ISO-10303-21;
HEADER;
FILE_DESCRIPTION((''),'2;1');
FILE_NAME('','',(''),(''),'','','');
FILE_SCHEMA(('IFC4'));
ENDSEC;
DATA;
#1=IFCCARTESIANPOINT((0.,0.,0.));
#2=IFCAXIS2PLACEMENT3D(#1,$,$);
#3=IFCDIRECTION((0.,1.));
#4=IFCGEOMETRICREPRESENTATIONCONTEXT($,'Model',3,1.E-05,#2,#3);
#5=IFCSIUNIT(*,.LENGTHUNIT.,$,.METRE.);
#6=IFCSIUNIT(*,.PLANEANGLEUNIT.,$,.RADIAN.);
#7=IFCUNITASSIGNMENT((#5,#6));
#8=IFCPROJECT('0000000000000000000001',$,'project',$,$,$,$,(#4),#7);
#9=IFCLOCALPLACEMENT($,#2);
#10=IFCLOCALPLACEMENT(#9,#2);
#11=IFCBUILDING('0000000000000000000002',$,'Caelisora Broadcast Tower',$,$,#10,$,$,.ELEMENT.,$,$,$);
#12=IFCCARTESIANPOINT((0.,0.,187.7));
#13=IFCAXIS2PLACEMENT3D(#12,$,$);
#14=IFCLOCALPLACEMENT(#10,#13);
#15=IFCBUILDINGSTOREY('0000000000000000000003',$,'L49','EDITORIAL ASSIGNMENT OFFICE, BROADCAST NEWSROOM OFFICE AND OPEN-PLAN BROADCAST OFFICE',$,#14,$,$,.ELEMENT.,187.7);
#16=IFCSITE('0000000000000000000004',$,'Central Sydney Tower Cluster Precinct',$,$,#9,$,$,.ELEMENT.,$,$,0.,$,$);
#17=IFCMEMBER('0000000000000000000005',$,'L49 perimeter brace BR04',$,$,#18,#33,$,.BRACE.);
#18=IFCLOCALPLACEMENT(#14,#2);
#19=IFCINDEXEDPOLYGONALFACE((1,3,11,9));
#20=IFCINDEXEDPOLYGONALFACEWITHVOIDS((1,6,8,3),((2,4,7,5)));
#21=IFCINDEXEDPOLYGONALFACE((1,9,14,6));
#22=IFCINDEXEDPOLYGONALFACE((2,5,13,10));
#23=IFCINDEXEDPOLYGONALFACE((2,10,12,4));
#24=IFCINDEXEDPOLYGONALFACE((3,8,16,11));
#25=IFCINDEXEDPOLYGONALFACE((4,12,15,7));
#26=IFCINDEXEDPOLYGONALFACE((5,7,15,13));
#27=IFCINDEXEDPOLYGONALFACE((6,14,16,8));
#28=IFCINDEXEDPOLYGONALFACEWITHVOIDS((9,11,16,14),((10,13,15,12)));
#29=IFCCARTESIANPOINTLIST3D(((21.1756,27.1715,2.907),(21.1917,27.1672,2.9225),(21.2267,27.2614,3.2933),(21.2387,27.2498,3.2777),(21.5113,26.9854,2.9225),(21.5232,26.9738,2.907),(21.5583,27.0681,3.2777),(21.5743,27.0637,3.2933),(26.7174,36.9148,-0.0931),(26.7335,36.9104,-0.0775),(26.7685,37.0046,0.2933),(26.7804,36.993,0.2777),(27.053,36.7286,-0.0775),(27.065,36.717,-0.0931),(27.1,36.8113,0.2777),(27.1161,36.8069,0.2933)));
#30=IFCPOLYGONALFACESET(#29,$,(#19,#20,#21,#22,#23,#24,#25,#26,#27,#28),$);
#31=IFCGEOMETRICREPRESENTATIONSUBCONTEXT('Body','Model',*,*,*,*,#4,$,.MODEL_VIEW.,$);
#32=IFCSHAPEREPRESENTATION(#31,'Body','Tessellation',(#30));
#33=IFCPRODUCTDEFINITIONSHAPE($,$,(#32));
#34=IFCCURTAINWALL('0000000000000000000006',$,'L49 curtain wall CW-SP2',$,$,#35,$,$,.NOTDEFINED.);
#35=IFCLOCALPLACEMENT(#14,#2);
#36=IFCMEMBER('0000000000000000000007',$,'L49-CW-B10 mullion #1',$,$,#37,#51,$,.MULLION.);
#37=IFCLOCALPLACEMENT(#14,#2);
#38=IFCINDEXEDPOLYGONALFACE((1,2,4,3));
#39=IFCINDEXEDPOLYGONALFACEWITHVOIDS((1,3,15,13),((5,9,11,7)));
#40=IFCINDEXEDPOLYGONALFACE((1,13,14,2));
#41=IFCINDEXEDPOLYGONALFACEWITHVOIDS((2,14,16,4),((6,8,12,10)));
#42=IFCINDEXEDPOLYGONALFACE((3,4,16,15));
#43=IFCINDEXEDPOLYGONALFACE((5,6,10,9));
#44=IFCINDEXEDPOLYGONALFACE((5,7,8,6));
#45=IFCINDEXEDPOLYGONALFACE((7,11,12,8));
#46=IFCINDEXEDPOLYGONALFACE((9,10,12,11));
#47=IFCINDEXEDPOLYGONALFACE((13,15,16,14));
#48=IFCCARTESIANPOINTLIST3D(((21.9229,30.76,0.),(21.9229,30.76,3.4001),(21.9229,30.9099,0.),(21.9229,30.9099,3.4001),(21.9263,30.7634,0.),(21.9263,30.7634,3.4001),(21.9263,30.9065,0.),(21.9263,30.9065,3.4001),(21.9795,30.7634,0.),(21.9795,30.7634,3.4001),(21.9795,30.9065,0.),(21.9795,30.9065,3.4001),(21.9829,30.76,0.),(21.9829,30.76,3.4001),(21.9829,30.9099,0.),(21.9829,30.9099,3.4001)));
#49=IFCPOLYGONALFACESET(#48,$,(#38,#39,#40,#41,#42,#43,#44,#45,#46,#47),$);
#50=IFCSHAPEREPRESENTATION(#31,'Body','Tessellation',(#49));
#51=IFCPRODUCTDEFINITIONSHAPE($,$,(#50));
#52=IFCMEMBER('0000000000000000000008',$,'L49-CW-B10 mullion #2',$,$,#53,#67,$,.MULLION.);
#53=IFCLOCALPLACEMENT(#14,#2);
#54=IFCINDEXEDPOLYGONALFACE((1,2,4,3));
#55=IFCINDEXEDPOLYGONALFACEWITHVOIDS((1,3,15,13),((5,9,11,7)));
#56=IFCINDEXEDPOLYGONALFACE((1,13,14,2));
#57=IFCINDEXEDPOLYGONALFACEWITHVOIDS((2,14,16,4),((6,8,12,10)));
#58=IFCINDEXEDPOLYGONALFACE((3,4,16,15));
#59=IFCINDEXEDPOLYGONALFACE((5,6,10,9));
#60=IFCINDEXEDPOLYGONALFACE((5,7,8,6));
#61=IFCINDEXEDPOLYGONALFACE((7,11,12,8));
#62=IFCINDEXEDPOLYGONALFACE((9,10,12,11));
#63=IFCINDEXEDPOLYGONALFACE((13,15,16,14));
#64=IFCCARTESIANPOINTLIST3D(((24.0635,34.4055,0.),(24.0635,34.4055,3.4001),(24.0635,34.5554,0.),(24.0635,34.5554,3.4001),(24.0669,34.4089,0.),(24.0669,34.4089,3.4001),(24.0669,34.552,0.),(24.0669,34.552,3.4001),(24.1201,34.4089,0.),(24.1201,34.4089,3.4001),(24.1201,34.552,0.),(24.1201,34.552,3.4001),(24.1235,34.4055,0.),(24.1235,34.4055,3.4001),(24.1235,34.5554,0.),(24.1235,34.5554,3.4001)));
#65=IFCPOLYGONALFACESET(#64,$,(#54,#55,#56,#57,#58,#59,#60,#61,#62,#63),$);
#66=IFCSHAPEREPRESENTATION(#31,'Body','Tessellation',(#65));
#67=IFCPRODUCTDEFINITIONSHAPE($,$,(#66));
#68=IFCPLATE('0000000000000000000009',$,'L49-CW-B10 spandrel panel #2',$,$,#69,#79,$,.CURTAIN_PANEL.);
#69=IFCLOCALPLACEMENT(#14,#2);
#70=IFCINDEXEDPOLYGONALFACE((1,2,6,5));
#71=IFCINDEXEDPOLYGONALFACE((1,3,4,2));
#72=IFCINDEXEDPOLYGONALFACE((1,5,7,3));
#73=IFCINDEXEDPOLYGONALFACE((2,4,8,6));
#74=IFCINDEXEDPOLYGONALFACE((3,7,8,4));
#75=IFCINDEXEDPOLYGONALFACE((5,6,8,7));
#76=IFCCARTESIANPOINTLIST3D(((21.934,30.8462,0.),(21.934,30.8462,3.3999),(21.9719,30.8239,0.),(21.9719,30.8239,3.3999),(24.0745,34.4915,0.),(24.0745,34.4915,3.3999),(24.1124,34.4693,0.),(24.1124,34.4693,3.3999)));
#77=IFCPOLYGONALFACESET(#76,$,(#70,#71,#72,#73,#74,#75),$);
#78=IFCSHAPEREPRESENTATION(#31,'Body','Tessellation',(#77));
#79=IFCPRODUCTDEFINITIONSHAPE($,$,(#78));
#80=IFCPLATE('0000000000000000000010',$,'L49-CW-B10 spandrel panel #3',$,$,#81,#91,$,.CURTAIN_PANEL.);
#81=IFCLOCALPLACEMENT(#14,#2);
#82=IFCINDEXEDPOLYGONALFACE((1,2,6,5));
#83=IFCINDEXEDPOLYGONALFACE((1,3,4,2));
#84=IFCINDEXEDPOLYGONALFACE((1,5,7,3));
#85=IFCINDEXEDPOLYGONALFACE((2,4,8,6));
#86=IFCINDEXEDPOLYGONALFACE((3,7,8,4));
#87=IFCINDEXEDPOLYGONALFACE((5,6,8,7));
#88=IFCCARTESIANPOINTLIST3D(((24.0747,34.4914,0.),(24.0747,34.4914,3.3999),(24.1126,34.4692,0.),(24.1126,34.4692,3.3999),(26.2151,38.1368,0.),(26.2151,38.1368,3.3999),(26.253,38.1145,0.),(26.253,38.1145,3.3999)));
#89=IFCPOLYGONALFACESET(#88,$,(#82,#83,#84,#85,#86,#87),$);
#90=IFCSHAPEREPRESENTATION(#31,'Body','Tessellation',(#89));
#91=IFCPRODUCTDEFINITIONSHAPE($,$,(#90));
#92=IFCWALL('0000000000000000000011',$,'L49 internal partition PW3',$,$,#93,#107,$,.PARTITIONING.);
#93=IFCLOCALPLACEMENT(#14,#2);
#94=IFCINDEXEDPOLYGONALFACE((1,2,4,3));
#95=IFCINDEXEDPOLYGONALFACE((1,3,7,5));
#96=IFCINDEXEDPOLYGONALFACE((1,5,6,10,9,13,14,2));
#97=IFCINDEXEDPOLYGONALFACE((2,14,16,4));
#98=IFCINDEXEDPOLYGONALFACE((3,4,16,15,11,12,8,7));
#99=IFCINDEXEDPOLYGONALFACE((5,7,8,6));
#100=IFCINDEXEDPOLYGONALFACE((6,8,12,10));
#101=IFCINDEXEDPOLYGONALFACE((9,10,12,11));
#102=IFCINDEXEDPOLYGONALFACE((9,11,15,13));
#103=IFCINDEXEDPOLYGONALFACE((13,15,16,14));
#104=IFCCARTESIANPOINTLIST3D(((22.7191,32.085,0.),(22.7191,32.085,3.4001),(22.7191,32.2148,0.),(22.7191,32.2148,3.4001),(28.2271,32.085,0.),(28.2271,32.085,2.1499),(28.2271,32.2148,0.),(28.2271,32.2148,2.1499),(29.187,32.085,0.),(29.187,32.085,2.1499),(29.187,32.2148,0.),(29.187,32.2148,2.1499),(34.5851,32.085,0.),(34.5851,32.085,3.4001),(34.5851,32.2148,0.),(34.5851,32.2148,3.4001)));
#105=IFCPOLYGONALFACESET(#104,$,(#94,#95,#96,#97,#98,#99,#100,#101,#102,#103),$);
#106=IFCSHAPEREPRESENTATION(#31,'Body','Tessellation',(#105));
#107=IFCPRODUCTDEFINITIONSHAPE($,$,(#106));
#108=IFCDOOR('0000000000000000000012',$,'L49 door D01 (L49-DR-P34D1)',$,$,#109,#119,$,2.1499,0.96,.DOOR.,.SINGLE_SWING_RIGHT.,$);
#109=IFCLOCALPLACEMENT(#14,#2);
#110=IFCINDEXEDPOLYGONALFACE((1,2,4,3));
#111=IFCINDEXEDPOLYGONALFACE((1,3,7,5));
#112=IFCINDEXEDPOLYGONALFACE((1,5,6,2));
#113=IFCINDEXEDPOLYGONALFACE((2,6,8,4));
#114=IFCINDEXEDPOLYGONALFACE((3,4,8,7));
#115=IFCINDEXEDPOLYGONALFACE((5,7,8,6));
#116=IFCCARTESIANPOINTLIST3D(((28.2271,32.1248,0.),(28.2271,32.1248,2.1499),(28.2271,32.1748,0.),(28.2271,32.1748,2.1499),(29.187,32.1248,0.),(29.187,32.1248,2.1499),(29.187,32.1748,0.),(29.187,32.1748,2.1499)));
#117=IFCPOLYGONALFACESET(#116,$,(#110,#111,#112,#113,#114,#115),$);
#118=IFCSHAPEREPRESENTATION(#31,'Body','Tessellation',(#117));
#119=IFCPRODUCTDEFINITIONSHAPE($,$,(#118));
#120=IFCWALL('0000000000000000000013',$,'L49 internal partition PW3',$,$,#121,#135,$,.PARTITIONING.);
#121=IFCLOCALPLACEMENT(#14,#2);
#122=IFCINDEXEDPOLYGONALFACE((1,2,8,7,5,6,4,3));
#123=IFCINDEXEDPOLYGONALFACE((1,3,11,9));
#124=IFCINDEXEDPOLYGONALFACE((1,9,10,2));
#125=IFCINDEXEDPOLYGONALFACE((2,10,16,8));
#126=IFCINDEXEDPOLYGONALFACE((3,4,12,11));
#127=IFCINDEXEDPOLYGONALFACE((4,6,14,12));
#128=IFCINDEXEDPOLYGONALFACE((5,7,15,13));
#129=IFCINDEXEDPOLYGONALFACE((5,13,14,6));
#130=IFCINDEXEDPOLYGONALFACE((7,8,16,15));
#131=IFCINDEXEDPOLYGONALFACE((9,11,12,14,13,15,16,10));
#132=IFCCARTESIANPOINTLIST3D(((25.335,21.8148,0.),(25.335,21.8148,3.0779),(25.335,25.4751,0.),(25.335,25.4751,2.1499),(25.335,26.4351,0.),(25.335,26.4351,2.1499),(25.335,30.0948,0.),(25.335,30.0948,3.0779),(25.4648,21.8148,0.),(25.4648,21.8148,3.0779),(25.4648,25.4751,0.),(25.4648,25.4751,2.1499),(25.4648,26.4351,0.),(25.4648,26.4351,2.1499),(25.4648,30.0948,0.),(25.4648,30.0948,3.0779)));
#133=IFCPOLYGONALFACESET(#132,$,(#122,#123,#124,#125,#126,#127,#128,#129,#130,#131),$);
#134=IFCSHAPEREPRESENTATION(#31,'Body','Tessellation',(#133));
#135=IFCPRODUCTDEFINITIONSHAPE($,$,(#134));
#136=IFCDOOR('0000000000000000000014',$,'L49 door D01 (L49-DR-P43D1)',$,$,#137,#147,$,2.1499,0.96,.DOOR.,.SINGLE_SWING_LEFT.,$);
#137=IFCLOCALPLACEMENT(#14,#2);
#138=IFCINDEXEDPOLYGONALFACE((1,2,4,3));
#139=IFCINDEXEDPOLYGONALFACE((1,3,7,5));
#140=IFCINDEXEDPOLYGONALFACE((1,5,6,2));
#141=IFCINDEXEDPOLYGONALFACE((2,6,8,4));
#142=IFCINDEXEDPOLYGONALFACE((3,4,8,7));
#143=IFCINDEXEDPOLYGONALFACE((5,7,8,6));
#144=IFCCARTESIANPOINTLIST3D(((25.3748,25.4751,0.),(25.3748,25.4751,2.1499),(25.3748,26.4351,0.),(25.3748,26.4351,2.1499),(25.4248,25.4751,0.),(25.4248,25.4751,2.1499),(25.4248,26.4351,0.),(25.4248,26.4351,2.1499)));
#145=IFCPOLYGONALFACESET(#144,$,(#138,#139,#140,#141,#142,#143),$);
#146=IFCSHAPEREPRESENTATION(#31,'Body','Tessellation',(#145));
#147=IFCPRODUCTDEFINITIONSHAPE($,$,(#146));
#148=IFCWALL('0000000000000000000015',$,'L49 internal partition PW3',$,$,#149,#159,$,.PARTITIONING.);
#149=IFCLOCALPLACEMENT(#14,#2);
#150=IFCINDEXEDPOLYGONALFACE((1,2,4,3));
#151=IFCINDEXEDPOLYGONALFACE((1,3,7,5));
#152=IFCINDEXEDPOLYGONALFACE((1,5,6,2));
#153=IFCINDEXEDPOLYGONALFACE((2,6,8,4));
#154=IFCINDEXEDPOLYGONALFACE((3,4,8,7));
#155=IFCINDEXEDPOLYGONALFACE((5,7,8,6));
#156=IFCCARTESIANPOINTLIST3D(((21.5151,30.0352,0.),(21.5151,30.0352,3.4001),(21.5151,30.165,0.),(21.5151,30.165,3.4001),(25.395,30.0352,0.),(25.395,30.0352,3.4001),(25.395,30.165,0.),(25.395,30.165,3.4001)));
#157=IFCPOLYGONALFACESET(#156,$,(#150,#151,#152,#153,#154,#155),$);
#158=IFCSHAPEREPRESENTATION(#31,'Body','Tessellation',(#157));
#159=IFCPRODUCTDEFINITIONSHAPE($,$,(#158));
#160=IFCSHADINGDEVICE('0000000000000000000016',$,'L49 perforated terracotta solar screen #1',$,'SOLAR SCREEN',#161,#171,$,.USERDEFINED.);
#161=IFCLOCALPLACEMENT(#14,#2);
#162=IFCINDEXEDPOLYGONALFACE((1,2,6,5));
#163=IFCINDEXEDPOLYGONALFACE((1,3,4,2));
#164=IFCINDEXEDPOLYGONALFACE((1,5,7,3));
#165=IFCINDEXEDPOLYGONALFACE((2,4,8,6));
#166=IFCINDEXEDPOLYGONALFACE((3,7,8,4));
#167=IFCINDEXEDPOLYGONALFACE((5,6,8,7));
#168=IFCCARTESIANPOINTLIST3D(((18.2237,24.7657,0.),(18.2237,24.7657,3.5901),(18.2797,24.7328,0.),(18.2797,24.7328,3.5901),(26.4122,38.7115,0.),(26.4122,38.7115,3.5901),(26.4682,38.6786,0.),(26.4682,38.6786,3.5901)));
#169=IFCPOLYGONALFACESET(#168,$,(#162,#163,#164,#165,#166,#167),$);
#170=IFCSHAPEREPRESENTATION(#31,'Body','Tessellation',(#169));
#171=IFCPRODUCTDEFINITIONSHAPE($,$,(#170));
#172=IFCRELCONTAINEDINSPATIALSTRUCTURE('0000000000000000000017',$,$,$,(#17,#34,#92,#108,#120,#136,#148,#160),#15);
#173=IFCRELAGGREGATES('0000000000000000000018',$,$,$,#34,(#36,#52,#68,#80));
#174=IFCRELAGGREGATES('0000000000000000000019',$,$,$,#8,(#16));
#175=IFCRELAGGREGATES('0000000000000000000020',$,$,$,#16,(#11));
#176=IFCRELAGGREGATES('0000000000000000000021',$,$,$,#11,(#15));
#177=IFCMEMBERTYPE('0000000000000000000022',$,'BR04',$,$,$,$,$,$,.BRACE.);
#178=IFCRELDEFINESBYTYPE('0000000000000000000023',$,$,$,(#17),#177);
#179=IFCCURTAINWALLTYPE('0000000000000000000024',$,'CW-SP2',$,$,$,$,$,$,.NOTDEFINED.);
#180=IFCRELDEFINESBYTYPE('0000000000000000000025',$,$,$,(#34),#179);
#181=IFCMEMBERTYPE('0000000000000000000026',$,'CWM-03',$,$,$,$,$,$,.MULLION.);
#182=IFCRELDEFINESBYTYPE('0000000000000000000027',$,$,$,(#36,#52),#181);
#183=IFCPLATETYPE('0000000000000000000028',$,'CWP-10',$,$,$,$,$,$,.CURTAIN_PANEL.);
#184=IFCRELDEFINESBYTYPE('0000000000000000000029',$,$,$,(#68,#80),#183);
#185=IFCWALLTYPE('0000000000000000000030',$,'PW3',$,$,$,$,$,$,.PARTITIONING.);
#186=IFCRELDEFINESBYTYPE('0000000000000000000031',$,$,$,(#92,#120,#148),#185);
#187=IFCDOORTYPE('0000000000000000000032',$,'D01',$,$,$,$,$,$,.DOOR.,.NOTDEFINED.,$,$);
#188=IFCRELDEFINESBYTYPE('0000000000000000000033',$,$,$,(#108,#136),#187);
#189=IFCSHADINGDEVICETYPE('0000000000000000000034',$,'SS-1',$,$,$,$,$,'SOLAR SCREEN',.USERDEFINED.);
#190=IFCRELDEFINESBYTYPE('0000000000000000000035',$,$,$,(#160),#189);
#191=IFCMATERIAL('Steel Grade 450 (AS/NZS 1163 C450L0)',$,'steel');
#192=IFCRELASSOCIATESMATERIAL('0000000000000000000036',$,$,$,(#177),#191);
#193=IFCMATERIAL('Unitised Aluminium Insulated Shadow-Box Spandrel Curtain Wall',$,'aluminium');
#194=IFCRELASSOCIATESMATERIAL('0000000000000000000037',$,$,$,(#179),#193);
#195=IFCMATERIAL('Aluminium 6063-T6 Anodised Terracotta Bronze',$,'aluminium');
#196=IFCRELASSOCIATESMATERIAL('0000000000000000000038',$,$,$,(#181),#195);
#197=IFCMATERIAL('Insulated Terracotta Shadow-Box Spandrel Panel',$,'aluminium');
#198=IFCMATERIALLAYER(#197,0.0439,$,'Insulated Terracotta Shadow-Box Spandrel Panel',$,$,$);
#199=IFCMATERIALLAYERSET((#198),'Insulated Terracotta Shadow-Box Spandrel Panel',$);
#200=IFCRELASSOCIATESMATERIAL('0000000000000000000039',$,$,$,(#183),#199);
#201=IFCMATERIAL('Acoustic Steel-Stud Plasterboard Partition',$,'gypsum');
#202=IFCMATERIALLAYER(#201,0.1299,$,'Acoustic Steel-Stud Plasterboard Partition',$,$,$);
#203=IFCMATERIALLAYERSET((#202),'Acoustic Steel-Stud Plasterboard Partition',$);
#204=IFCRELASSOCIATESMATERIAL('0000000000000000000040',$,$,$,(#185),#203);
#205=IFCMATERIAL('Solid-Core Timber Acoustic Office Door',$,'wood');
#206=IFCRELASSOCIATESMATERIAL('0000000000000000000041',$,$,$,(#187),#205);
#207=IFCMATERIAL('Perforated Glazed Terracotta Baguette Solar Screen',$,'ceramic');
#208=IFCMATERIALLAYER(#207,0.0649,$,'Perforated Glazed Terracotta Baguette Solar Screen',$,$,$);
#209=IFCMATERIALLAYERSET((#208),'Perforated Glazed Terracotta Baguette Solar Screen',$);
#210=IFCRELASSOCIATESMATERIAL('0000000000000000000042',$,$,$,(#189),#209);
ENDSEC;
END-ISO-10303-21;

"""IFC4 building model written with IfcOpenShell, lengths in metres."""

from ifc_helpers import new_model, si_unit, direction, frame, frame_2d, origin, origin_2d, place, context, subcontext, project, spatial, rectangle, hollow_rectangle, extrude, source, transform, mapped, material, layer, layer_set, material_profile, profile_set, type_object, type_shapes, element, fill, aggregate, save


model = new_model("IFC4")

# Units and contexts
model_context = context("Model", 3, precision=1e-05, world=origin(), true_north=direction((0.0, 1.0)))
body_context = subcontext(model_context, "Body", "Model", "MODEL_VIEW")
ifc_project = project(units=[si_unit("LENGTHUNIT", "METRE"), si_unit("PLANEANGLEUNIT", "RADIAN")], contexts=[model_context])

# Site, building, storey
site_placement = place(None, origin())
site = spatial("IfcSite", under=ifc_project, at=site_placement, Name="Central Sydney Tower Cluster Precinct", CompositionType="ELEMENT", RefElevation=0.0)
building_placement = place(site_placement, origin())
building = spatial("IfcBuilding", under=site, at=building_placement, Name="Caelisora Broadcast Tower", CompositionType="ELEMENT")
storey_placement = place(building_placement, frame((0.0, 0.0, 187.7)))
storey = spatial("IfcBuildingStorey", under=building, at=storey_placement, Name="L49", Description="EDITORIAL ASSIGNMENT OFFICE, BROADCAST NEWSROOM OFFICE AND OPEN-PLAN BROADCAST OFFICE", CompositionType="ELEMENT", Elevation=187.7)

# Member
ifc_material_1 = material(Name="Steel Grade 450 (AS/NZS 1163 C450L0)", Category="steel")
ifc_material_profile_1 = material_profile(ifc_material_1, hollow_rectangle(XDim=0.3999, YDim=0.3999, WallThickness=0.0161, at=origin_2d()), Name="Steel Grade 450 (AS/NZS 1163 C450L0)")
ifc_profile_set_1 = profile_set([ifc_material_profile_1], Name="Steel Grade 450 (AS/NZS 1163 C450L0)")
member_type_1 = type_object("IfcMemberType", Name="BR04", PredefinedType="BRACE", material=ifc_profile_set_1)
shared_shape_1 = source(origin(), body_context, "Body", "SweptSolid", [
    extrude(hollow_rectangle(XDim=0.3999, YDim=0.3999, WallThickness=0.0161, at=origin_2d()), origin(), (0.0, 0.0, 1.0), 11.6035),
])
type_shapes(member_type_1, [shared_shape_1])
member_1_placement = place(storey_placement, frame((26.9167, 36.8608, 0.1001), z_axis=(-0.477595, -0.839678, 0.258544), x_axis=(0.869232, -0.494405, 0.0)))
element("IfcMember", 1, at=member_1_placement, inside=storey, type_object=member_type_1, Name="L49 perimeter brace BR04", PredefinedType="BRACE", context=body_context, shape_type="MappedRepresentation", body=[
    mapped(shared_shape_1, transform((0.0, 0.0, 0.0), scale=1.0)),
])

# Curtain wall, members, plates
ifc_material_2 = material(Name="Unitised Aluminium Insulated Shadow-Box Spandrel Curtain Wall", Category="aluminium")
curtain_wall_type = type_object("IfcCurtainWallType", Name="CW-SP2", PredefinedType="NOTDEFINED", material=ifc_material_2)
curtain_wall_placement = place(storey_placement, origin())
curtain_wall = element("IfcCurtainWall", 2, at=curtain_wall_placement, inside=storey, type_object=curtain_wall_type, Name="L49 curtain wall CW-SP2", PredefinedType="NOTDEFINED")
ifc_material_3 = material(Name="Aluminium 6063-T6 Anodised Terracotta Bronze", Category="aluminium")
ifc_material_profile_2 = material_profile(ifc_material_3, hollow_rectangle(XDim=0.0601, YDim=0.1499, WallThickness=0.0034, at=origin_2d()), Name="Aluminium 6063-T6 Anodised Terracotta Bronze")
ifc_profile_set_2 = profile_set([ifc_material_profile_2], Name="Aluminium 6063-T6 Anodised Terracotta Bronze")
member_type_2 = type_object("IfcMemberType", Name="CWM-03", PredefinedType="MULLION", material=ifc_profile_set_2)
shared_shape_2 = source(origin(), body_context, "Body", "SweptSolid", [
    extrude(hollow_rectangle(XDim=0.0601, YDim=0.1499, WallThickness=0.0034, at=origin_2d()), origin(), (0.0, 0.0, 1.0), 3.4001),
])
type_shapes(member_type_2, [shared_shape_2])
member_2_placement = place(storey_placement, frame((21.9529, 30.835, 0.0), z_axis=(0.0, 0.0, 1.0), x_axis=(1.0, 0.0, 0.0)))
member_2 = element("IfcMember", 3, at=member_2_placement, type_object=member_type_2, Name="L49-CW-B10 mullion #1", PredefinedType="MULLION", context=body_context, shape_type="MappedRepresentation", body=[
    mapped(shared_shape_2, transform((0.0, 0.0, 0.0), scale=1.0)),
])
member_3_placement = place(storey_placement, frame((24.0935, 34.4805, 0.0), z_axis=(0.0, 0.0, 1.0), x_axis=(1.0, 0.0, 0.0)))
member_3 = element("IfcMember", 4, at=member_3_placement, type_object=member_type_2, Name="L49-CW-B10 mullion #2", PredefinedType="MULLION", context=body_context, shape_type="MappedRepresentation", body=[
    mapped(shared_shape_2, transform((0.0, 0.0, 0.0), scale=1.0)),
])
ifc_material_4 = material(Name="Insulated Terracotta Shadow-Box Spandrel Panel", Category="aluminium")
ifc_layer_1 = layer(ifc_material_4, 0.0439, Name="Insulated Terracotta Shadow-Box Spandrel Panel")
ifc_layer_set_1 = layer_set([ifc_layer_1], Name="Insulated Terracotta Shadow-Box Spandrel Panel")
plate_type = type_object("IfcPlateType", Name="CWP-10", PredefinedType="CURTAIN_PANEL", material=ifc_layer_set_1)
shared_shape_3 = source(origin(), body_context, "Body", "SweptSolid", [
    extrude(rectangle(XDim=4.2273, YDim=0.0439, at=origin_2d()), origin(), (0.0, 0.0, 1.0), 3.3999),
])
type_shapes(plate_type, [shared_shape_3])
plate_1_placement = place(storey_placement, frame((23.0232, 32.6577, 0.0), z_axis=(0.0, 0.0, 1.0), x_axis=(0.506335, 0.862337, 0.0)))
plate_1 = element("IfcPlate", 5, at=plate_1_placement, type_object=plate_type, Name="L49-CW-B10 spandrel panel #2", PredefinedType="CURTAIN_PANEL", context=body_context, shape_type="MappedRepresentation", body=[
    mapped(shared_shape_3, transform((0.0, 0.0, 0.0), scale=1.0)),
])
plate_2_placement = place(storey_placement, frame((25.1638, 36.303, 0.0), z_axis=(0.0, 0.0, 1.0), x_axis=(0.506335, 0.862337, 0.0)))
plate_2 = element("IfcPlate", 6, at=plate_2_placement, type_object=plate_type, Name="L49-CW-B10 spandrel panel #3", PredefinedType="CURTAIN_PANEL", context=body_context, shape_type="MappedRepresentation", body=[
    mapped(shared_shape_3, transform((0.0, 0.0, 0.0), scale=1.0)),
])
aggregate(curtain_wall, [member_2, member_3, plate_1, plate_2])

# Walls, openings, doors
ifc_material_5 = material(Name="Acoustic Steel-Stud Plasterboard Partition", Category="gypsum")
ifc_layer_2 = layer(ifc_material_5, 0.1299, Name="Acoustic Steel-Stud Plasterboard Partition")
ifc_layer_set_2 = layer_set([ifc_layer_2], Name="Acoustic Steel-Stud Plasterboard Partition")
wall_type = type_object("IfcWallType", Name="PW3", PredefinedType="PARTITIONING", material=ifc_layer_set_2)
wall_1_placement = place(storey_placement, frame((22.719, 32.1499, 0.0), z_axis=(0.0, 0.0, 1.0), x_axis=(1.0, 0.0, 0.0)))
wall_1 = element("IfcWall", 7, at=wall_1_placement, inside=storey, type_object=wall_type, Name="L49 internal partition PW3", PredefinedType="PARTITIONING", context=body_context, shape_type="SweptSolid", body=[
    extrude(rectangle(XDim=11.866, YDim=0.1299, at=frame_2d((5.9331, 0.0))), origin(), (0.0, 0.0, 1.0), 3.4001),
])
opening_1_placement = place(wall_1_placement, frame((5.5081, 0.0, 0.0)))
opening_1 = element("IfcOpeningElement", 8, at=opening_1_placement, cuts=wall_1, PredefinedType="OPENING", context=body_context, shape_type="SweptSolid", body=[
    extrude(rectangle(XDim=0.96, YDim=2.1499, at=frame_2d((0.48, 1.075))), frame((0.0, 0.0769, 0.0), z_axis=(0.0, -1.0, 0.0), x_axis=(1.0, 0.0, 0.0)), (0.0, 0.0, 1.0), 0.1538),
])
ifc_material_6 = material(Name="Solid-Core Timber Acoustic Office Door", Category="wood")
door_type = type_object("IfcDoorType", Name="D01", OperationType="NOTDEFINED", PredefinedType="DOOR", material=ifc_material_6)
door_1_placement = place(opening_1_placement, origin())
door_1 = element("IfcDoor", 9, at=door_1_placement, inside=storey, type_object=door_type, Name="L49 door D01 (L49-DR-P34D1)", OperationType="SINGLE_SWING_RIGHT", OverallHeight=2.1499, OverallWidth=0.96, PredefinedType="DOOR", context=body_context, shape_type="SweptSolid", body=[
    extrude(rectangle(XDim=0.96, YDim=2.1499, at=frame_2d((0.48, 1.075))), frame((0.0, 0.0249, 0.0), z_axis=(0.0, -1.0, 0.0), x_axis=(1.0, 0.0, 0.0)), (0.0, 0.0, 1.0), 0.05),
])
fill(opening_1, door_1)
wall_2_placement = place(storey_placement, frame((25.3999, 30.095, 0.0), z_axis=(0.0, 0.0, 1.0), x_axis=(0.0, -1.0, 0.0)))
wall_2 = element("IfcWall", 10, at=wall_2_placement, inside=storey, type_object=wall_type, Name="L49 internal partition PW3", PredefinedType="PARTITIONING", context=body_context, shape_type="SweptSolid", body=[
    extrude(rectangle(XDim=8.28, YDim=0.1299, at=frame_2d((4.1401, 0.0))), origin(), (0.0, 0.0, 1.0), 3.0779),
])
opening_2_placement = place(wall_2_placement, frame((3.6599, 0.0, 0.0)))
opening_2 = element("IfcOpeningElement", 11, at=opening_2_placement, cuts=wall_2, PredefinedType="OPENING", context=body_context, shape_type="SweptSolid", body=[
    extrude(rectangle(XDim=0.96, YDim=2.1499, at=frame_2d((0.48, 1.075))), frame((0.0, 0.0769, 0.0), z_axis=(0.0, -1.0, 0.0), x_axis=(1.0, 0.0, 0.0)), (0.0, 0.0, 1.0), 0.1538),
])
door_2_placement = place(opening_2_placement, origin())
door_2 = element("IfcDoor", 12, at=door_2_placement, inside=storey, type_object=door_type, Name="L49 door D01 (L49-DR-P43D1)", OperationType="SINGLE_SWING_LEFT", OverallHeight=2.1499, OverallWidth=0.96, PredefinedType="DOOR", context=body_context, shape_type="SweptSolid", body=[
    extrude(rectangle(XDim=0.96, YDim=2.1499, at=frame_2d((0.48, 1.075))), frame((0.0, 0.0249, 0.0), z_axis=(0.0, -1.0, 0.0), x_axis=(1.0, 0.0, 0.0)), (0.0, 0.0, 1.0), 0.05),
])
fill(opening_2, door_2)

# Wall
wall_3_placement = place(storey_placement, frame((21.5151, 30.1001, 0.0), z_axis=(0.0, 0.0, 1.0), x_axis=(1.0, 0.0, 0.0)))
element("IfcWall", 13, at=wall_3_placement, inside=storey, type_object=wall_type, Name="L49 internal partition PW3", PredefinedType="PARTITIONING", context=body_context, shape_type="SweptSolid", body=[
    extrude(rectangle(XDim=3.8799, YDim=0.1299, at=frame_2d((1.9399, 0.0))), origin(), (0.0, 0.0, 1.0), 3.4001),
])

# Shading device
ifc_material_7 = material(Name="Perforated Glazed Terracotta Baguette Solar Screen", Category="ceramic")
ifc_layer_3 = layer(ifc_material_7, 0.0649, Name="Perforated Glazed Terracotta Baguette Solar Screen")
ifc_layer_set_3 = layer_set([ifc_layer_3], Name="Perforated Glazed Terracotta Baguette Solar Screen")
shading_device_type = type_object("IfcShadingDeviceType", Name="SS-1", ElementType="SOLAR SCREEN", PredefinedType="USERDEFINED", material=ifc_layer_set_3)
shared_shape_4 = source(origin(), body_context, "Body", "SweptSolid", [
    extrude(rectangle(XDim=16.1721, YDim=0.0649, at=origin_2d()), origin(), (0.0, 0.0, 1.0), 3.5901),
])
type_shapes(shading_device_type, [shared_shape_4])
shading_device_placement = place(storey_placement, frame((22.3459, 31.7222, 0.0), z_axis=(0.0, 0.0, 1.0), x_axis=(-0.506335, -0.862337, 0.0)))
element("IfcShadingDevice", 14, at=shading_device_placement, inside=storey, type_object=shading_device_type, Name="L49 perforated terracotta solar screen #1", ObjectType="SOLAR SCREEN", PredefinedType="USERDEFINED", context=body_context, shape_type="MappedRepresentation", body=[
    mapped(shared_shape_4, transform((0.0, 0.0, 0.0), scale=1.0)),
])

save(model, "model.ifc")
